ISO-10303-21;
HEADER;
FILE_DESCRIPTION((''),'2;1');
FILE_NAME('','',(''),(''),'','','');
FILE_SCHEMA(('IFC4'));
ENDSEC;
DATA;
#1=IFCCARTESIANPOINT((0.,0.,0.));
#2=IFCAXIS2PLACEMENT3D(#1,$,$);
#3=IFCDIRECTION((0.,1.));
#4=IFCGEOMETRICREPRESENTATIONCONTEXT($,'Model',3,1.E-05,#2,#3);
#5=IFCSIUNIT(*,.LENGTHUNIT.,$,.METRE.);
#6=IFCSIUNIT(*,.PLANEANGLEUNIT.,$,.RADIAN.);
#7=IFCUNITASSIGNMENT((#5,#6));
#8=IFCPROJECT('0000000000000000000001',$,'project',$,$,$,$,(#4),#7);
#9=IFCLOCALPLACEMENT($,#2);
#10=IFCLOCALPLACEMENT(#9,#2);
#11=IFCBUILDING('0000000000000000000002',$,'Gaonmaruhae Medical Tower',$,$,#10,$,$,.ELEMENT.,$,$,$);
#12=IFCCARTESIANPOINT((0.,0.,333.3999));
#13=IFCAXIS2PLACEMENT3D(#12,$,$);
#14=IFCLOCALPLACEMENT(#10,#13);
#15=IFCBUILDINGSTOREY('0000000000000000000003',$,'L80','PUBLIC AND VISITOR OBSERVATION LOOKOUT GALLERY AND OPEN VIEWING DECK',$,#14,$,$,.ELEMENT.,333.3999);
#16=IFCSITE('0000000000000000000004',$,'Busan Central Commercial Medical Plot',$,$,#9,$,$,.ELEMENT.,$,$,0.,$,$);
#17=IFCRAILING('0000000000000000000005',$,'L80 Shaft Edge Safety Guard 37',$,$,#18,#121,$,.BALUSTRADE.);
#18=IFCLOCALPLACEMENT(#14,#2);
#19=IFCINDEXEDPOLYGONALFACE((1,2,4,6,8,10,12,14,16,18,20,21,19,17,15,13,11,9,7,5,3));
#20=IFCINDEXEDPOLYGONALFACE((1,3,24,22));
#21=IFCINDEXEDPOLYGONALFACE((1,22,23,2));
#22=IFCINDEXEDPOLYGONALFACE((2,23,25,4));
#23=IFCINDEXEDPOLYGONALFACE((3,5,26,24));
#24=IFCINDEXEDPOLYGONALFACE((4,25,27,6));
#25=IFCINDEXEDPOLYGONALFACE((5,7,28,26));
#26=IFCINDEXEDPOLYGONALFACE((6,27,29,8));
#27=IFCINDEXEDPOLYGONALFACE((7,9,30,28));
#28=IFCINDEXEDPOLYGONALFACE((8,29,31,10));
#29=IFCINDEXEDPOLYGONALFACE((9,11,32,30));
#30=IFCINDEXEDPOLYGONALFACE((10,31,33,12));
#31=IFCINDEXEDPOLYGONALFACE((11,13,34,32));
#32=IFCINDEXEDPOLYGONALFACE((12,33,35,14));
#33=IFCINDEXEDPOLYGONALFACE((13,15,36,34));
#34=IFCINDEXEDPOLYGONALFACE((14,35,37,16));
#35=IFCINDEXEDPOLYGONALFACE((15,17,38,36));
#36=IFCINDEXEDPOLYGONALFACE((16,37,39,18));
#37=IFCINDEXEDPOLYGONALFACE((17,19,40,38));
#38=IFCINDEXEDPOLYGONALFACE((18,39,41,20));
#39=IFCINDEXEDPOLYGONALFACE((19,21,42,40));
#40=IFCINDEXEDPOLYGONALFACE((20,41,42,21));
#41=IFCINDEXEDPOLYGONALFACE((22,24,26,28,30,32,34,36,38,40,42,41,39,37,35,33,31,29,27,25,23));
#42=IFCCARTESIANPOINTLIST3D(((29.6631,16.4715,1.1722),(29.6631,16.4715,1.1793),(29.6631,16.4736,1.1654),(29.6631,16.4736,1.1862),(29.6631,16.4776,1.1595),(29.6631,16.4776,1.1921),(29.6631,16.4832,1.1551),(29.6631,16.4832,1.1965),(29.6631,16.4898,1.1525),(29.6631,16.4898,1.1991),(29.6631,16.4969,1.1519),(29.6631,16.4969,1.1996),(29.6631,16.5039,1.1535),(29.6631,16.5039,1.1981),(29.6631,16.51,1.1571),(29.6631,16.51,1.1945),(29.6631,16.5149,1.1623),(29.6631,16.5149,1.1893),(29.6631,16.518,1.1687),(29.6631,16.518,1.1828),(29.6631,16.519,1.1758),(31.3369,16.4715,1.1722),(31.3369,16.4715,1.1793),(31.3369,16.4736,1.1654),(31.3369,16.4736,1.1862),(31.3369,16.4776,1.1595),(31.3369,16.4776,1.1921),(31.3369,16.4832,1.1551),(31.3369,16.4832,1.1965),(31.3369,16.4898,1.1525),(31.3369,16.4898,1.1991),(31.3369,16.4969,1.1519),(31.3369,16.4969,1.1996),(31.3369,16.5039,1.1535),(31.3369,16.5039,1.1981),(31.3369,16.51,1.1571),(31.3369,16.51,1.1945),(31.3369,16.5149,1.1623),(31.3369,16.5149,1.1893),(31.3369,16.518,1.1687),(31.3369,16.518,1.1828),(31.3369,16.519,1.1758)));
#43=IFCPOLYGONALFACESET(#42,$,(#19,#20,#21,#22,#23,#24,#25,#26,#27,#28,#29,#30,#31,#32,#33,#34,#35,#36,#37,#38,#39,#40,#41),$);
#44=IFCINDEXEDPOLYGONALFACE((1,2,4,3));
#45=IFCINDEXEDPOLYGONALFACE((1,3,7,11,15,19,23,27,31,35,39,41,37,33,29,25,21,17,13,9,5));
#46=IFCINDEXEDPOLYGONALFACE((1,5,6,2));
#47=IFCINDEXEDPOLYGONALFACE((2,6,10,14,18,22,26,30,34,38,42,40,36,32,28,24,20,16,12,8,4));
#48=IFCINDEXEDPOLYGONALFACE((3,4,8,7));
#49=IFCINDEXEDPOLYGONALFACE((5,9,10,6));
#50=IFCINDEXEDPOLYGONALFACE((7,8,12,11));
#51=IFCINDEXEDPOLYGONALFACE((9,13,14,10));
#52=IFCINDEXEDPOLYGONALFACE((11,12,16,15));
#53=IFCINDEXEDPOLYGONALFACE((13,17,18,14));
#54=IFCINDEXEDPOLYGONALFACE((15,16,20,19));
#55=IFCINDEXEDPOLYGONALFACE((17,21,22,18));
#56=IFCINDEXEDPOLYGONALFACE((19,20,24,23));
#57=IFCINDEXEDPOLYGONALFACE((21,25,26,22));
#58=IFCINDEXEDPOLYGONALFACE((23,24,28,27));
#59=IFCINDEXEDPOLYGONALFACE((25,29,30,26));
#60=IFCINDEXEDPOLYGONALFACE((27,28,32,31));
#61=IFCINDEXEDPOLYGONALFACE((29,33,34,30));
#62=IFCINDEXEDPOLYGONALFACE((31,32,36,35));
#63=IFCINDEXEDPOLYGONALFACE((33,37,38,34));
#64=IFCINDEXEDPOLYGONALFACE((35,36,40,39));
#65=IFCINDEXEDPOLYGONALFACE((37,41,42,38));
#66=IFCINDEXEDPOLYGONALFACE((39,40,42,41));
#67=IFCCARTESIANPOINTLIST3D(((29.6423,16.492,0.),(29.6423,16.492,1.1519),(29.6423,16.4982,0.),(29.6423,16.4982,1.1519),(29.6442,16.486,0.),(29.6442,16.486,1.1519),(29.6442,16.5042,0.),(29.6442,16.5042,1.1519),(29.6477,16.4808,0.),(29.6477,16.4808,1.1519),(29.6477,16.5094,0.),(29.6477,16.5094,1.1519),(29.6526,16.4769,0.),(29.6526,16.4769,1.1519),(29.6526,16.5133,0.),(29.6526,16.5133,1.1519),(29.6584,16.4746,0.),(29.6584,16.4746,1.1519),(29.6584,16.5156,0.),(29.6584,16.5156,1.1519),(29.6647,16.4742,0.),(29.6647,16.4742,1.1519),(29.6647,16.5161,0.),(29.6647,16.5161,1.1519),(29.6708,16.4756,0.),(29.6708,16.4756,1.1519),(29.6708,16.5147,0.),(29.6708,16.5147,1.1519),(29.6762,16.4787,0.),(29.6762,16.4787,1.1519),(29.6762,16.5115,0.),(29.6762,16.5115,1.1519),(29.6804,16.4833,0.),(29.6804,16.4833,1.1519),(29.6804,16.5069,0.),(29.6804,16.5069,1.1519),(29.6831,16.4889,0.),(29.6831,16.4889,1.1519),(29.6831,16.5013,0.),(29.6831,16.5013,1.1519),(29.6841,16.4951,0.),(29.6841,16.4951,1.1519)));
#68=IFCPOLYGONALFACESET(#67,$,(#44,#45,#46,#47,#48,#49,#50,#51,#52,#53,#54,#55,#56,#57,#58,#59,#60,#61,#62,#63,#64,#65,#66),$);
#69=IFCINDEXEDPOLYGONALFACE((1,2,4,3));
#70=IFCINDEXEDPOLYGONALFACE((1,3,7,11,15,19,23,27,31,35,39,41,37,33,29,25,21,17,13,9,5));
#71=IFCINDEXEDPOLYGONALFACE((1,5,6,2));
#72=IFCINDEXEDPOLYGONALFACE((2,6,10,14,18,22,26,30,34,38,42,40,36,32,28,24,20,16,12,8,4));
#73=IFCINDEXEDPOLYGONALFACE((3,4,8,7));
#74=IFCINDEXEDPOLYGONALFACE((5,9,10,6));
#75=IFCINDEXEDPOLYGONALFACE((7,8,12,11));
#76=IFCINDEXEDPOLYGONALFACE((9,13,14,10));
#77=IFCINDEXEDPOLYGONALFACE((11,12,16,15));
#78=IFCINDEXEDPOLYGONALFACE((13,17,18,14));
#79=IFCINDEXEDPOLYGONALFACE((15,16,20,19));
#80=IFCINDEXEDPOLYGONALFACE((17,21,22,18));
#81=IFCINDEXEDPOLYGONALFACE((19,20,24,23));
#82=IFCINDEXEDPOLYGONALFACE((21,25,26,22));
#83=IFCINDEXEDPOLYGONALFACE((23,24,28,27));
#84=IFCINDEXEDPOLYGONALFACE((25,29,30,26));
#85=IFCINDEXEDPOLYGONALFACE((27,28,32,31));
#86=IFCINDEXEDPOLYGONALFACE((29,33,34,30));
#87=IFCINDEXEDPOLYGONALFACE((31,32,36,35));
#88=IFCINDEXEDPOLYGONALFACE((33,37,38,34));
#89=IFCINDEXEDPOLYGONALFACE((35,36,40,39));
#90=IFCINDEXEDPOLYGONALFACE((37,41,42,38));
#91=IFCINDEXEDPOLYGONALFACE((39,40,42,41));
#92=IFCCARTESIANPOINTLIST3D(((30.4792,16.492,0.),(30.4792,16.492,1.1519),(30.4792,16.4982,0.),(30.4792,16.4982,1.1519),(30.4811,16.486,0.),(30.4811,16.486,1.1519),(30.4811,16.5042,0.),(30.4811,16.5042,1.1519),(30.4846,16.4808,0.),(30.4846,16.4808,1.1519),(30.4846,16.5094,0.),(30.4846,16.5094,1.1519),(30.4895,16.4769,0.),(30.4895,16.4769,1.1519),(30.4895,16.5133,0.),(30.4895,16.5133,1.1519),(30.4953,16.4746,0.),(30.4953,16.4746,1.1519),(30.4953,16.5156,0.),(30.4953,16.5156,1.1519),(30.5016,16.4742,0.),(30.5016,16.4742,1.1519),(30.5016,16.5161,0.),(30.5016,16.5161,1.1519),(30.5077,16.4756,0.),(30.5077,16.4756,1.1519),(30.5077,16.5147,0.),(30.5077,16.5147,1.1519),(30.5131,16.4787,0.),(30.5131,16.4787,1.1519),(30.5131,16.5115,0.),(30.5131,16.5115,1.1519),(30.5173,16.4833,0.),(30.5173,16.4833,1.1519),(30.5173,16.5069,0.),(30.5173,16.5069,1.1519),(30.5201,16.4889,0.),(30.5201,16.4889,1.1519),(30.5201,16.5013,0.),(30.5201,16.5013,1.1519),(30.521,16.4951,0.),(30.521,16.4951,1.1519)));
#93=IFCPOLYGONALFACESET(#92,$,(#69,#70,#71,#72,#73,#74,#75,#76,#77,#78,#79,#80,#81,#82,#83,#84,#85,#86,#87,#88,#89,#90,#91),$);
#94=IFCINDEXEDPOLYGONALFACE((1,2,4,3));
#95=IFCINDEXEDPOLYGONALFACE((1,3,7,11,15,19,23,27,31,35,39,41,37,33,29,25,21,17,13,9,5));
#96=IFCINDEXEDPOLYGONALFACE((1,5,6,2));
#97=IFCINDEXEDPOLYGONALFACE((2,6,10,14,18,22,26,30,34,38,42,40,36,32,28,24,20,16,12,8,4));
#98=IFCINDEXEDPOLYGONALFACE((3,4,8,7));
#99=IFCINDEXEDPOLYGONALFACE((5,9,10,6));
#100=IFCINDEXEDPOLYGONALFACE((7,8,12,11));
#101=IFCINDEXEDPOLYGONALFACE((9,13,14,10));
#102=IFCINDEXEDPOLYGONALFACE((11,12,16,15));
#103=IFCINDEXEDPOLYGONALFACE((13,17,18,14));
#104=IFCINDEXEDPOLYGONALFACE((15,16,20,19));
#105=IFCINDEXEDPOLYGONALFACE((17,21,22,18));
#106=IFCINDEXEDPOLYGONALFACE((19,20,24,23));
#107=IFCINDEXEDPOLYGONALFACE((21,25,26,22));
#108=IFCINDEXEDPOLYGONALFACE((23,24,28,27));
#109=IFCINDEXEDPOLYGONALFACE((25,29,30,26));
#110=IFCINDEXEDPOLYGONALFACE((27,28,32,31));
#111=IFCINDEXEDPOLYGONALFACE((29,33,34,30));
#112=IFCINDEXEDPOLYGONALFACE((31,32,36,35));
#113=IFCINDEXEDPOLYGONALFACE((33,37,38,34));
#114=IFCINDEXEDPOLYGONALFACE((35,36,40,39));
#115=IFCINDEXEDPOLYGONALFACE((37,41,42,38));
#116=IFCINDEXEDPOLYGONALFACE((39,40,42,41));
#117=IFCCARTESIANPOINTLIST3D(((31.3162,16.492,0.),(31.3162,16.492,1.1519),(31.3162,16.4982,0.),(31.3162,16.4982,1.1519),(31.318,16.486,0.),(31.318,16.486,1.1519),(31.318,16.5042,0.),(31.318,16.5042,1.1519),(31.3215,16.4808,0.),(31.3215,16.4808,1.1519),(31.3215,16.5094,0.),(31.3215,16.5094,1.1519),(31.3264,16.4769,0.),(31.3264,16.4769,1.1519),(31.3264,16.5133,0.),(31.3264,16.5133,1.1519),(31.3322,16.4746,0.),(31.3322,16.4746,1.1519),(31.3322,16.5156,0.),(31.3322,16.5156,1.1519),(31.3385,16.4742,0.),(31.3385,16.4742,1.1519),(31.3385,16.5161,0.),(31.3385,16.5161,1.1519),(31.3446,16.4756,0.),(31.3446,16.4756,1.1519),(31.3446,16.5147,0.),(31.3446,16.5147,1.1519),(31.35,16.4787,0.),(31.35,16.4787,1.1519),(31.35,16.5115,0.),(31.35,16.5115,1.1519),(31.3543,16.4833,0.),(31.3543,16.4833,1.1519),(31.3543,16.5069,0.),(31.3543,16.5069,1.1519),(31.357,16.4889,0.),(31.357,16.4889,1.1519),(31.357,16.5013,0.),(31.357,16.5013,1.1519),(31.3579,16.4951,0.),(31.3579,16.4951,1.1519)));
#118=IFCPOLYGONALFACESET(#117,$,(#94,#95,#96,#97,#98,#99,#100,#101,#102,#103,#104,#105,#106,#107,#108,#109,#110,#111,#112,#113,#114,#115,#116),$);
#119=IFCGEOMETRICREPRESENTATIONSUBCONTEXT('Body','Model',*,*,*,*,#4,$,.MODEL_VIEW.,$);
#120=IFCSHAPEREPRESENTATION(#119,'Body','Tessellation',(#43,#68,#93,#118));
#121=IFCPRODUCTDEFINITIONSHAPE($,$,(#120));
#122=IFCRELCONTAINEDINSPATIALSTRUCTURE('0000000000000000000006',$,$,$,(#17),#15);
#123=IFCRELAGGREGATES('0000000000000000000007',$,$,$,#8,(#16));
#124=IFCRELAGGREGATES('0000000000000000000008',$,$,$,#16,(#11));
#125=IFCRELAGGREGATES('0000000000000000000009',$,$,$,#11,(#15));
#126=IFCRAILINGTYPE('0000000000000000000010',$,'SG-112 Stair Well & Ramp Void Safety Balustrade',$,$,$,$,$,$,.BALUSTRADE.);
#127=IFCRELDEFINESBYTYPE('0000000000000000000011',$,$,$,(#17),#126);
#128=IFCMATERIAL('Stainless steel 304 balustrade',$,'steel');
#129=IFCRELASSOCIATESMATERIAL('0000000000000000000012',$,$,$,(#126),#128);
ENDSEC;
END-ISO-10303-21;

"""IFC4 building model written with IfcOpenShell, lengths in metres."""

from ifc_helpers import new_model, si_unit, direction, frame, origin, origin_2d, place, context, subcontext, project, spatial, circle, extrude, material, type_object, element, save


model = new_model("IFC4")

# Units and contexts
model_context = context("Model", 3, precision=1e-05, world=origin(), true_north=direction((0.0, 1.0)))
body_context = subcontext(model_context, "Body", "Model", "MODEL_VIEW")
ifc_project = project(units=[si_unit("LENGTHUNIT", "METRE"), si_unit("PLANEANGLEUNIT", "RADIAN")], contexts=[model_context])

# Site, building, storey
site_placement = place(None, origin())
site = spatial("IfcSite", under=ifc_project, at=site_placement, Name="Busan Central Commercial Medical Plot", CompositionType="ELEMENT", RefElevation=0.0)
building_placement = place(site_placement, origin())
building = spatial("IfcBuilding", under=site, at=building_placement, Name="Gaonmaruhae Medical Tower", CompositionType="ELEMENT")
storey_placement = place(building_placement, frame((0.0, 0.0, 333.3999)))
storey = spatial("IfcBuildingStorey", under=building, at=storey_placement, Name="L80", Description="PUBLIC AND VISITOR OBSERVATION LOOKOUT GALLERY AND OPEN VIEWING DECK", CompositionType="ELEMENT", Elevation=333.3999)

# Railing
ifc_material_1 = material(Name="Stainless steel 304 balustrade", Category="steel")
railing_type_1 = type_object("IfcRailingType", Name="SG-112 Stair Well & Ramp Void Safety Balustrade", PredefinedType="BALUSTRADE", material=ifc_material_1)
railing_1_placement = place(storey_placement, frame((29.6631, 16.4951, 0.0)))
element("IfcRailing", 1, at=railing_1_placement, inside=storey, type_object=railing_type_1, Name="L80 Shaft Edge Safety Guard 37", PredefinedType="BALUSTRADE", context=body_context, shape_type="SweptSolid", body=[
    extrude(circle(Radius=0.0239, at=origin_2d()), frame((0.0, 0.0, 1.1758), z_axis=(1.0, 0.0, 0.0), x_axis=(0.0, 1.0, 0.0)), (0.0, 0.0, 1.0), 1.6738),
    extrude(circle(Radius=0.021, at=origin_2d()), origin(), (0.0, 0.0, 1.0), 1.1519),
    extrude(circle(Radius=0.021, at=origin_2d()), frame((0.8369, 0.0, 0.0)), (0.0, 0.0, 1.0), 1.1519),
    extrude(circle(Radius=0.021, at=origin_2d()), frame((1.6738, 0.0, 0.0)), (0.0, 0.0, 1.0), 1.1519),
])

save(model, "model.ifc")
